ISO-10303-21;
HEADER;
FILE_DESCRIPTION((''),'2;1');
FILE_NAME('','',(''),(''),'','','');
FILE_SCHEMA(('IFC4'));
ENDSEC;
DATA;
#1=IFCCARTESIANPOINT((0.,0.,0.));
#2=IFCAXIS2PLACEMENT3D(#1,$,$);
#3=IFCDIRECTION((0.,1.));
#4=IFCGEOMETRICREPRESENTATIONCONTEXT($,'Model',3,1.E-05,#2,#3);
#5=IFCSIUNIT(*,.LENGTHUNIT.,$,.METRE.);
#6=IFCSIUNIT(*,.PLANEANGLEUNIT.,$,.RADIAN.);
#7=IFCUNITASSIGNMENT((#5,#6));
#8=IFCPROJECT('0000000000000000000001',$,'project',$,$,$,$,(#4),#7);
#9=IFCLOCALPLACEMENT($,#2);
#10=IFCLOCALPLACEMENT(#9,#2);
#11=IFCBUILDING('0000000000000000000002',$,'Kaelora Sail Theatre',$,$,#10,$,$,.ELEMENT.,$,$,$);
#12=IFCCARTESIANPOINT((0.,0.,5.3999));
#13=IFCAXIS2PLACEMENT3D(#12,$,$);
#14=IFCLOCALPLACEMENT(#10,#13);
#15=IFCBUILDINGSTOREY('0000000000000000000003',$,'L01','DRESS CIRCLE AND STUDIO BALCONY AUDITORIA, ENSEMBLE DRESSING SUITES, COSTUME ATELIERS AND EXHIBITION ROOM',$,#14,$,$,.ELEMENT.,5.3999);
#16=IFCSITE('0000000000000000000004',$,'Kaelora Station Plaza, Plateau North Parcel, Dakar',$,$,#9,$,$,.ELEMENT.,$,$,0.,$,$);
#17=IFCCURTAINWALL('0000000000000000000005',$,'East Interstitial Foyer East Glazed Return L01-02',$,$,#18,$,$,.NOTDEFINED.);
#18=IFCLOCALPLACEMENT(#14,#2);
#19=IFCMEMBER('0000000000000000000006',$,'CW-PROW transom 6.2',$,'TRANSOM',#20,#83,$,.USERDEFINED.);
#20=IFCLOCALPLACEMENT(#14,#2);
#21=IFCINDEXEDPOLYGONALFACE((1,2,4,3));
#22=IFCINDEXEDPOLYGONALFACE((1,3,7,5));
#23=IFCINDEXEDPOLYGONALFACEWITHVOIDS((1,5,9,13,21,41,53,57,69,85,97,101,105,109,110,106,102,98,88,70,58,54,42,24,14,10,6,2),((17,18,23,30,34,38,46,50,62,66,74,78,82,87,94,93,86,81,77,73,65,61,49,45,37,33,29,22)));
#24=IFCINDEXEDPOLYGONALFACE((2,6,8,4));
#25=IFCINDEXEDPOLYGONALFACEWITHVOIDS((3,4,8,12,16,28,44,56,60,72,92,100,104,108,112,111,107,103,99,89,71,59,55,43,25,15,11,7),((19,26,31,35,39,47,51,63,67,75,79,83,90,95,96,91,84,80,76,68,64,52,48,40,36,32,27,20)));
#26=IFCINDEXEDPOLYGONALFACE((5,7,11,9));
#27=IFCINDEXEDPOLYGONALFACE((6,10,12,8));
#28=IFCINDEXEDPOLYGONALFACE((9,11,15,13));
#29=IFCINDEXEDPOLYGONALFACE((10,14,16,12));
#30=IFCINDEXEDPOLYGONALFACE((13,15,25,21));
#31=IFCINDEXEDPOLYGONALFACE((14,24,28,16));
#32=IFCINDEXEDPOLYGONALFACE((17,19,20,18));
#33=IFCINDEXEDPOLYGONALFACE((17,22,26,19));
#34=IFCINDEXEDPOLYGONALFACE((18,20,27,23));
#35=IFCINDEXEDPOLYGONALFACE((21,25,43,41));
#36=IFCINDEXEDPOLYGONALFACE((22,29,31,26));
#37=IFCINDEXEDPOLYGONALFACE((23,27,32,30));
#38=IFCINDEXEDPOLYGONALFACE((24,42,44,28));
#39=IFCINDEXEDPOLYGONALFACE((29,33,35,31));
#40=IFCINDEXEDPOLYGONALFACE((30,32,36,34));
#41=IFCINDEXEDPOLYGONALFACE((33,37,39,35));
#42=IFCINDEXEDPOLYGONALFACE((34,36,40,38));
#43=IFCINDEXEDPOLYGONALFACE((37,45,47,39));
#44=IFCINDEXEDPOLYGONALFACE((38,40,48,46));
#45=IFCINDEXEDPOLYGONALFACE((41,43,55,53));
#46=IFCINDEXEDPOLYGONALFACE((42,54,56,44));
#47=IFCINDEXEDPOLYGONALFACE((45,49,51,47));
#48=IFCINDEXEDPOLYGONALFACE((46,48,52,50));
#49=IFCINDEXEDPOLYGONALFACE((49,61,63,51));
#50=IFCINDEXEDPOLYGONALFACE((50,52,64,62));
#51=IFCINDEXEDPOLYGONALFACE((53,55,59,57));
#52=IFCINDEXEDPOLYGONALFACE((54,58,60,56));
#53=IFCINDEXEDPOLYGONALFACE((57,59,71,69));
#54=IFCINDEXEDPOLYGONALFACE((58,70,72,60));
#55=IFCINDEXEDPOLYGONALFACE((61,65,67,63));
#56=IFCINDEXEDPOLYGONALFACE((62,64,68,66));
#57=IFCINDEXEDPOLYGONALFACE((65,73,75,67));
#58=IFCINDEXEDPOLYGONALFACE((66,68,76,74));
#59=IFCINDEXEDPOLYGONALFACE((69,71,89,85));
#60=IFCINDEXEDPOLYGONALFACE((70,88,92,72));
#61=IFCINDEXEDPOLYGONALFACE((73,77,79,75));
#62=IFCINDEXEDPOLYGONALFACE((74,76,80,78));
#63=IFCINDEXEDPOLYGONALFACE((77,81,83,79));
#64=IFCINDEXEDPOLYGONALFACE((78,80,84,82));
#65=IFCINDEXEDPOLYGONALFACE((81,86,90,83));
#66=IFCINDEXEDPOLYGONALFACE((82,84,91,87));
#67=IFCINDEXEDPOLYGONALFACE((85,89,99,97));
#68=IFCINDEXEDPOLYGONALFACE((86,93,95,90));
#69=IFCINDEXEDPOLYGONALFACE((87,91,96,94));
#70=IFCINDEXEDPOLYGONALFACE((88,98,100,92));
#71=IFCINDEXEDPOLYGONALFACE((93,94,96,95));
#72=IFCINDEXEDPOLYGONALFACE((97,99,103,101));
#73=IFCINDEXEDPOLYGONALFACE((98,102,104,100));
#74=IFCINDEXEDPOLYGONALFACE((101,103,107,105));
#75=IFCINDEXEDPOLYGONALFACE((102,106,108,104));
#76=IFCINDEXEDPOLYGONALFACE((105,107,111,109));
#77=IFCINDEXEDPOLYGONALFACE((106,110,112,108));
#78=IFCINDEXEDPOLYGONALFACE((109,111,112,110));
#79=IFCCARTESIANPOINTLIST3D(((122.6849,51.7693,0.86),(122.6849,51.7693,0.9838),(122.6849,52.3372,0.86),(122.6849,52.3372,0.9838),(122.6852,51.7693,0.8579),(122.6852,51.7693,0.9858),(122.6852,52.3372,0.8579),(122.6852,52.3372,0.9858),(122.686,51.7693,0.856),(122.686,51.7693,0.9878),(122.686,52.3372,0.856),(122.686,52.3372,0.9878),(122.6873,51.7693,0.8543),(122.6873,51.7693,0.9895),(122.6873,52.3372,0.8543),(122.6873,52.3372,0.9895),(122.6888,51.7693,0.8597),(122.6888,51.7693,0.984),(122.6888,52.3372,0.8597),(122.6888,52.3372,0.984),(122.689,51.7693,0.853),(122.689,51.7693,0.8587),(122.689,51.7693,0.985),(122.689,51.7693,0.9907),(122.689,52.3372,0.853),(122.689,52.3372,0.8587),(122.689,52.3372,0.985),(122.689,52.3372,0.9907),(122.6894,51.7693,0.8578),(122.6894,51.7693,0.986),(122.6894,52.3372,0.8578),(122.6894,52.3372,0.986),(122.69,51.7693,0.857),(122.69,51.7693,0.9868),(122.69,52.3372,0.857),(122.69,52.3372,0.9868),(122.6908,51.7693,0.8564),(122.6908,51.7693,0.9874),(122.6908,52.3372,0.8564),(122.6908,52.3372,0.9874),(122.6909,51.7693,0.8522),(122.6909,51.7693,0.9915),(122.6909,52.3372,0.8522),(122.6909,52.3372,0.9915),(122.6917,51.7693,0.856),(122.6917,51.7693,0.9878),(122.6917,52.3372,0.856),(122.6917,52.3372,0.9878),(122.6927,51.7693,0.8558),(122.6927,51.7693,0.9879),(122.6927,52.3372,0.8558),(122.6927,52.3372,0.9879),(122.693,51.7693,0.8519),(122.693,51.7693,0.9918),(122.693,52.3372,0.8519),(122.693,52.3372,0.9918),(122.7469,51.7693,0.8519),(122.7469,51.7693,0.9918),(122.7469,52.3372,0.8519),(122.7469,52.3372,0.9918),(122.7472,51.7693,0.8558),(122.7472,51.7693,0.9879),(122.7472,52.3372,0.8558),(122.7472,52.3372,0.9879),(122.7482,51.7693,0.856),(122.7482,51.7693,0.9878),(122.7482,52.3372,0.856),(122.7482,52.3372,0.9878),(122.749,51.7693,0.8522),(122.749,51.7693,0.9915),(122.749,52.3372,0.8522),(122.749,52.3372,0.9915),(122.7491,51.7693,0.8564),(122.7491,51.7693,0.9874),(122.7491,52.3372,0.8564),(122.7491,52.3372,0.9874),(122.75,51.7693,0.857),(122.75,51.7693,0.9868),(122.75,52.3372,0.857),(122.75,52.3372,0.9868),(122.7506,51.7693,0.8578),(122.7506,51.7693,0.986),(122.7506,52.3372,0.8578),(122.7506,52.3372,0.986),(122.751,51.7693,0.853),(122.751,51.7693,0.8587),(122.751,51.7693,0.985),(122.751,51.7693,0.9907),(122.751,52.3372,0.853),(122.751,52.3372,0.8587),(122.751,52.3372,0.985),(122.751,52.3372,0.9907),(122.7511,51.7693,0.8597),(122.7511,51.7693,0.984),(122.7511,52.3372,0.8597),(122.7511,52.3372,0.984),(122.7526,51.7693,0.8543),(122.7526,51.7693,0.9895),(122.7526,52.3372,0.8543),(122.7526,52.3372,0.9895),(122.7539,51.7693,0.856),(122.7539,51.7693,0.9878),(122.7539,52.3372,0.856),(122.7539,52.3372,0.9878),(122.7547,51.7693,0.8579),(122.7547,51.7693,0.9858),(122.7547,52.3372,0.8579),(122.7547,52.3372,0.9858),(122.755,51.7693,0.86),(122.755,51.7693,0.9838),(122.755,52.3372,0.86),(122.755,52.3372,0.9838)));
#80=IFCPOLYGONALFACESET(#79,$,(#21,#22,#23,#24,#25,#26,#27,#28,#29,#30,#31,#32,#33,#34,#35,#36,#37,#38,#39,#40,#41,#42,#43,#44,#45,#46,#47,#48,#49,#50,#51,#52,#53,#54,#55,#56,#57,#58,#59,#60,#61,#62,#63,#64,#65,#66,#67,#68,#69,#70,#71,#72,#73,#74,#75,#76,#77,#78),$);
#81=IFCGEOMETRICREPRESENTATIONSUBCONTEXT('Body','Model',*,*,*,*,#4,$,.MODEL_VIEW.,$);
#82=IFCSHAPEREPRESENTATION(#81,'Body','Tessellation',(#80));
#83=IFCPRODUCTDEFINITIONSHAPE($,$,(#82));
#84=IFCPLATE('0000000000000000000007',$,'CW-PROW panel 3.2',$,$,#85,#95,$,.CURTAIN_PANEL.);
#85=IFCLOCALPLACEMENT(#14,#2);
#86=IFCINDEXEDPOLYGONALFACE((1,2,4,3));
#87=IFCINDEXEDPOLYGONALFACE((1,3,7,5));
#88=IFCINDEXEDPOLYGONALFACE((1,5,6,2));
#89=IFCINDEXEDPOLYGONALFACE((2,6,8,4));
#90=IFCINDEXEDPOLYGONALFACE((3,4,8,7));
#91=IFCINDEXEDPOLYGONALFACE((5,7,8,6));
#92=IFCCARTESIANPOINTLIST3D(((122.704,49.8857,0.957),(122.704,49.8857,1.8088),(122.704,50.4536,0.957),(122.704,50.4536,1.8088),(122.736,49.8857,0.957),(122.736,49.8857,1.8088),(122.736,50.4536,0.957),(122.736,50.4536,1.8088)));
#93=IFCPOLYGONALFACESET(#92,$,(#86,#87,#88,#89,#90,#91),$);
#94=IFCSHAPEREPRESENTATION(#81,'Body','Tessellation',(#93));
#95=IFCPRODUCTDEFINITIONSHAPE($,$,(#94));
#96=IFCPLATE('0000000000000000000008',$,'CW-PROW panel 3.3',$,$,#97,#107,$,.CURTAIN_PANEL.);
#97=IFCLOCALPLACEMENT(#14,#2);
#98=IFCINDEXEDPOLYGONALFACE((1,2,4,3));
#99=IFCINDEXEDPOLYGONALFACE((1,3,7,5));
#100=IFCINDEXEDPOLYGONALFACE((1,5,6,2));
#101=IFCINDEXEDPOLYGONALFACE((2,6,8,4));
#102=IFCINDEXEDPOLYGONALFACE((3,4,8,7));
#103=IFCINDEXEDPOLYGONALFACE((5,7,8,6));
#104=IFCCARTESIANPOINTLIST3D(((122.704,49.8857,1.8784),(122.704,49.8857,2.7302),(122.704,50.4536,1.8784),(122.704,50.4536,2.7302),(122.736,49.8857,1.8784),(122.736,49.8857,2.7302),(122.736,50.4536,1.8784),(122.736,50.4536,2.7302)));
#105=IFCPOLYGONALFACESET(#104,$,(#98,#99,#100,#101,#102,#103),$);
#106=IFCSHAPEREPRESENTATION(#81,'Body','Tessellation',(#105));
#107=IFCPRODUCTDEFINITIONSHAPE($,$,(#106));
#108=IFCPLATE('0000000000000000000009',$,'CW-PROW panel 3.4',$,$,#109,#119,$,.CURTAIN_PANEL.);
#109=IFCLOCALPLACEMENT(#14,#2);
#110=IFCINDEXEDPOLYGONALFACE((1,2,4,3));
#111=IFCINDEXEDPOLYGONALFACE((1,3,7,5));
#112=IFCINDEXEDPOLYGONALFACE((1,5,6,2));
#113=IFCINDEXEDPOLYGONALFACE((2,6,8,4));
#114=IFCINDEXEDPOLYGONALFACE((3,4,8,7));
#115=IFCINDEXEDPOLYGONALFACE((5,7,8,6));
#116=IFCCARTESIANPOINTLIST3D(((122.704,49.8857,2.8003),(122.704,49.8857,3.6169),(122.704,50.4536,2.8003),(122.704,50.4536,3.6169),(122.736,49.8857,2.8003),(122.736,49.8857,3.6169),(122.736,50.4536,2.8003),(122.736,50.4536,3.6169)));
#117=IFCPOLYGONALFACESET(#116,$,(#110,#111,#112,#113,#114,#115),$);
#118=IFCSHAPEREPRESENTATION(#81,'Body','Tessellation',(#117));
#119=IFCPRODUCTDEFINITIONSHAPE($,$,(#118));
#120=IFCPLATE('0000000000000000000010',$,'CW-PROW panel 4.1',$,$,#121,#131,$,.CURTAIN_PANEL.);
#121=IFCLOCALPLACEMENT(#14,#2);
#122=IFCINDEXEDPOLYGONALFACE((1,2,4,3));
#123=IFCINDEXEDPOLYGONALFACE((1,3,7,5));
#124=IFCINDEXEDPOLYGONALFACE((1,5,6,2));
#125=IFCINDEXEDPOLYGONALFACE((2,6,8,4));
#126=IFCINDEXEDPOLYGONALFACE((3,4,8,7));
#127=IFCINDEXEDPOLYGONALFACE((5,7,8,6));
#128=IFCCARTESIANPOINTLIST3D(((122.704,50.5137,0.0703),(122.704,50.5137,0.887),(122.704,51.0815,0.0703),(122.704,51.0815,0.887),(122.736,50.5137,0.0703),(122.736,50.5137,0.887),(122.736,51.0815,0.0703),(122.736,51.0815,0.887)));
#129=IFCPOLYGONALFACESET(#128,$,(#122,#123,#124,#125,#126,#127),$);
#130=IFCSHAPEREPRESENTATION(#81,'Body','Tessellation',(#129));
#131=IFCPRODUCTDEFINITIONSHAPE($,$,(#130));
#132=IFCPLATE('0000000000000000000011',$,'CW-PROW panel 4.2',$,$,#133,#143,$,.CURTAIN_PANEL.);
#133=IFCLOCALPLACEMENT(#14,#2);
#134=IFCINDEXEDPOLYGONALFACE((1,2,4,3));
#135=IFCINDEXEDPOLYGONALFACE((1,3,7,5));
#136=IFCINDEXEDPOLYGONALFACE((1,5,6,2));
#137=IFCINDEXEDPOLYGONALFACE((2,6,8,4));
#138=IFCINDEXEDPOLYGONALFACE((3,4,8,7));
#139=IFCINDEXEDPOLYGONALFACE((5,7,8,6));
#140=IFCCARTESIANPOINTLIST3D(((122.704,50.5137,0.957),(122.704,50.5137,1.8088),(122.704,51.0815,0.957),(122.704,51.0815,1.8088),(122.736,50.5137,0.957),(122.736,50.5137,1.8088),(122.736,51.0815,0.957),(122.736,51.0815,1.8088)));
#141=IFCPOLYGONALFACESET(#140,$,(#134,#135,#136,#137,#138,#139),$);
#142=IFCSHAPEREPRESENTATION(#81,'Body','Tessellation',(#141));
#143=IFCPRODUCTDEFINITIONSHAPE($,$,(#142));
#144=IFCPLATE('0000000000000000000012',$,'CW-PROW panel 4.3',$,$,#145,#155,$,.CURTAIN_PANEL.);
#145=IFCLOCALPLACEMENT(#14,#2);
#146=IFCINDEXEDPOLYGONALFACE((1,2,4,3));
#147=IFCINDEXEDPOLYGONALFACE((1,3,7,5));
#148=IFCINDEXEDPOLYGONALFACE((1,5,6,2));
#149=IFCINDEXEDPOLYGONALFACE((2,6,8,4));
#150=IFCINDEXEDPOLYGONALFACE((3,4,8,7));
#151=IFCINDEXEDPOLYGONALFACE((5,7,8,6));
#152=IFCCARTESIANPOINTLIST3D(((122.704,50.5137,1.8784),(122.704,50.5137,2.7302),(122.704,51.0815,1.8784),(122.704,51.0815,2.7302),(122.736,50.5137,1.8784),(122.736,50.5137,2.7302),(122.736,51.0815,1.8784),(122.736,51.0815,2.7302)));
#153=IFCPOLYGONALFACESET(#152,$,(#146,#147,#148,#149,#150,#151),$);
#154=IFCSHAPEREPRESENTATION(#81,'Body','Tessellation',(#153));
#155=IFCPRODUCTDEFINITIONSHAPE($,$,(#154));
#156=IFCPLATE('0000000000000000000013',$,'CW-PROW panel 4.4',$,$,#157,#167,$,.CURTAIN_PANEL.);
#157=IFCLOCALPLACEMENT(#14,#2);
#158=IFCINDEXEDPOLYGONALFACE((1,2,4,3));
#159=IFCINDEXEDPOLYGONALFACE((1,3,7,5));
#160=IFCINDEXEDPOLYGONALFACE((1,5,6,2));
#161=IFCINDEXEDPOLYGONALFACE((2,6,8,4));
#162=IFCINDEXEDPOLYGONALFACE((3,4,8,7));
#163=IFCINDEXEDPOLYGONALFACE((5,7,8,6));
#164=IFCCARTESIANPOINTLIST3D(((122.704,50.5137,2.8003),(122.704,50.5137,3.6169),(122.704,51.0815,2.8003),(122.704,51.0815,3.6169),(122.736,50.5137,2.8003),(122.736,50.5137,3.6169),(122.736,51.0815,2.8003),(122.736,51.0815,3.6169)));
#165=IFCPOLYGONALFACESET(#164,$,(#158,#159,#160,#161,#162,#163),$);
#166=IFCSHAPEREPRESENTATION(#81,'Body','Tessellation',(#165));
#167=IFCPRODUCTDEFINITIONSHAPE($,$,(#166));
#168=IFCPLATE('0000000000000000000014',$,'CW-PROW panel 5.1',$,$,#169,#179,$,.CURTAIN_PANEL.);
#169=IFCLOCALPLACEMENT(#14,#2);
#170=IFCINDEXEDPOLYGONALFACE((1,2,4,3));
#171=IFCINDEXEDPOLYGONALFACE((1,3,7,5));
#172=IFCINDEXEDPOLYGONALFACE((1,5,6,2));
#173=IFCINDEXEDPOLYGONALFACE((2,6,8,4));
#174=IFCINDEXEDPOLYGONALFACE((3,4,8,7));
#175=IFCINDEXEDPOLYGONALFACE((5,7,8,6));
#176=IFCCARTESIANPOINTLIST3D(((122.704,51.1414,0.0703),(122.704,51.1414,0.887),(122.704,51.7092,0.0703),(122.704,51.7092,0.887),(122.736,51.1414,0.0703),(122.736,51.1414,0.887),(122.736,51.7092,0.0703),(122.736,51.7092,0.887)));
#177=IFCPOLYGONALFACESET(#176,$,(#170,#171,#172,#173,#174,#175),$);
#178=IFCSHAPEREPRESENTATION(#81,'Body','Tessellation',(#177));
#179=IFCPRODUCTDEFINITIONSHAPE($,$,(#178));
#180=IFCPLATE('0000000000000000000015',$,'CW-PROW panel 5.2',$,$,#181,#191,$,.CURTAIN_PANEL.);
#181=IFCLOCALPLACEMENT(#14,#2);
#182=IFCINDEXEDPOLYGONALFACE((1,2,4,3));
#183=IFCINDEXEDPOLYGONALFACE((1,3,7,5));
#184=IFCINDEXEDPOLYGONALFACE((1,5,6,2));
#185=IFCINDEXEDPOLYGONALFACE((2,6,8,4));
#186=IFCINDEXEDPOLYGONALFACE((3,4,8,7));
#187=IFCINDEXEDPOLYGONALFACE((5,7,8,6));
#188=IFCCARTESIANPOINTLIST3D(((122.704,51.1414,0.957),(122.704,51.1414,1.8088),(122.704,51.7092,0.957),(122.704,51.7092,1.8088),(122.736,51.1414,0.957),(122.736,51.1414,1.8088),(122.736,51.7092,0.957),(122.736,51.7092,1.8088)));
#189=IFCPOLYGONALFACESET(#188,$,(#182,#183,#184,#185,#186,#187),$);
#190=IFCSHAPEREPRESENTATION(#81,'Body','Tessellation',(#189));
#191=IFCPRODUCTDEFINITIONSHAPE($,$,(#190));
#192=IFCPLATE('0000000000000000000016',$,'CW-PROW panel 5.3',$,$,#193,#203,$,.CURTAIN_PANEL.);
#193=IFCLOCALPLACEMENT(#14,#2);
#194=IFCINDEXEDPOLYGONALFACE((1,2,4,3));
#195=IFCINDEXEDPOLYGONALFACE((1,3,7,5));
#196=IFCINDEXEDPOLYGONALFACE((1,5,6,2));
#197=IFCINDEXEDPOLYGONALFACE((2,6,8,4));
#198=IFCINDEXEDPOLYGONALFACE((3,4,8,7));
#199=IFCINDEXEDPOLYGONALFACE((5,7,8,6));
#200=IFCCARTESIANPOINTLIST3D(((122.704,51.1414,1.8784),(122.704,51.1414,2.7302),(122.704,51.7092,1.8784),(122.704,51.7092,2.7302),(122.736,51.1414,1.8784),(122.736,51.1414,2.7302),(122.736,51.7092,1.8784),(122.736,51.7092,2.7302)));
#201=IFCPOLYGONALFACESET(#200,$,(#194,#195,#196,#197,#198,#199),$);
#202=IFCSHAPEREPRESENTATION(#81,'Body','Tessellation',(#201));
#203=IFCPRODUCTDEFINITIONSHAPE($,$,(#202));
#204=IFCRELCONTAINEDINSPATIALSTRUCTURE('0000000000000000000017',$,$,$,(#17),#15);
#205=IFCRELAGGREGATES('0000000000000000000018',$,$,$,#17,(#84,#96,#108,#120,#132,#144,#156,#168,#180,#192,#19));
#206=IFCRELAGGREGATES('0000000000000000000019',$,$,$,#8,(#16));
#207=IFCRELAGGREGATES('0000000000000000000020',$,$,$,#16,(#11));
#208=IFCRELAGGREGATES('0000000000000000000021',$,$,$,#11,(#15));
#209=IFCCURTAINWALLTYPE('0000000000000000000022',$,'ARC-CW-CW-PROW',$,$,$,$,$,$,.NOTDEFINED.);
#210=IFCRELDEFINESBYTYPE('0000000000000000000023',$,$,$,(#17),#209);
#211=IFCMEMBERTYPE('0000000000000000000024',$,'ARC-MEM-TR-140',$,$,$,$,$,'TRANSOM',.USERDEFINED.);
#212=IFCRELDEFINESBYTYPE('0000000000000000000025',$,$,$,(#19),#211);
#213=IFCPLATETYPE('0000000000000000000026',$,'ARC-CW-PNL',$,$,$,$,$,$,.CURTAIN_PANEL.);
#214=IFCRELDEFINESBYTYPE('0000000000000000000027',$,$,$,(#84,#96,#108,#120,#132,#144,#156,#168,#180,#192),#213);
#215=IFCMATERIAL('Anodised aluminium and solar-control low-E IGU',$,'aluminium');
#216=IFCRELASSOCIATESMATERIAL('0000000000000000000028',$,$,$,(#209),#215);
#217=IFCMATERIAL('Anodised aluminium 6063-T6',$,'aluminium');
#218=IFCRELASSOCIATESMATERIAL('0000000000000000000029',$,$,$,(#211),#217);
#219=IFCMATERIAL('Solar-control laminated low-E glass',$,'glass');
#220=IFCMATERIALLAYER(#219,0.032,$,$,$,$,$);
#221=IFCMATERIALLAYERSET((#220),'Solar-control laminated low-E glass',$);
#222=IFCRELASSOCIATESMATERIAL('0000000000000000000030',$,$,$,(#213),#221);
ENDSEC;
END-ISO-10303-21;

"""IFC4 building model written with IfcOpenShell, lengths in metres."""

from ifc_helpers import new_model, si_unit, direction, frame, origin, origin_2d, place, context, subcontext, project, spatial, rectangle, hollow_rectangle, extrude, material, layer, layer_set, material_profile, profile_set, type_object, element, aggregate, save


model = new_model("IFC4")

# Units and contexts
model_context = context("Model", 3, precision=1e-05, world=origin(), true_north=direction((0.0, 1.0)))
body_context = subcontext(model_context, "Body", "Model", "MODEL_VIEW")
ifc_project = project(units=[si_unit("LENGTHUNIT", "METRE"), si_unit("PLANEANGLEUNIT", "RADIAN")], contexts=[model_context])

# Site, building, storey
site_placement = place(None, origin())
site = spatial("IfcSite", under=ifc_project, at=site_placement, Name="Kaelora Station Plaza, Plateau North Parcel, Dakar", CompositionType="ELEMENT", RefElevation=0.0)
building_placement = place(site_placement, origin())
building = spatial("IfcBuilding", under=site, at=building_placement, Name="Kaelora Sail Theatre", CompositionType="ELEMENT")
storey_placement = place(building_placement, frame((0.0, 0.0, 5.3999)))
storey = spatial("IfcBuildingStorey", under=building, at=storey_placement, Name="L01", Description="DRESS CIRCLE AND STUDIO BALCONY AUDITORIA, ENSEMBLE DRESSING SUITES, COSTUME ATELIERS AND EXHIBITION ROOM", CompositionType="ELEMENT", Elevation=5.3999)

# Curtain wall, member, plates
ifc_material_1 = material(Name="Anodised aluminium and solar-control low-E IGU", Category="aluminium")
curtain_wall_type = type_object("IfcCurtainWallType", Name="ARC-CW-CW-PROW", PredefinedType="NOTDEFINED", material=ifc_material_1)
curtain_wall_placement = place(storey_placement, origin())
curtain_wall = element("IfcCurtainWall", 1, at=curtain_wall_placement, inside=storey, type_object=curtain_wall_type, Name="East Interstitial Foyer East Glazed Return L01-02", PredefinedType="NOTDEFINED")
ifc_material_2 = material(Name="Anodised aluminium 6063-T6", Category="aluminium")
ifc_material_profile_1 = material_profile(ifc_material_2, hollow_rectangle(XDim=0.0701, YDim=0.1399, WallThickness=0.0039, InnerFilletRadius=0.0039, OuterFilletRadius=0.0081, at=origin_2d()), Name="ALU-TRAN 70x140x4")
ifc_profile_set_1 = profile_set([ifc_material_profile_1], Name="Anodised aluminium 6063-T6")
member_type_1 = type_object("IfcMemberType", Name="ARC-MEM-TR-140", ElementType="TRANSOM", PredefinedType="USERDEFINED", material=ifc_profile_set_1)
member_1_placement = place(storey_placement, frame((122.72, 51.7693, 0.9219), z_axis=(0.0, 1.0, 0.0), x_axis=(-1.0, 0.0, 0.0)))
member_1 = element("IfcMember", 2, at=member_1_placement, type_object=member_type_1, Name="CW-PROW transom 6.2", ObjectType="TRANSOM", PredefinedType="USERDEFINED", context=body_context, shape_type="SweptSolid", body=[
    extrude(hollow_rectangle(XDim=0.0701, YDim=0.1399, WallThickness=0.0039, InnerFilletRadius=0.0039, OuterFilletRadius=0.0081, at=origin_2d()), origin(), (0.0, 0.0, 1.0), 0.5679),
])
ifc_material_3 = material(Name="Solar-control laminated low-E glass", Category="glass")
ifc_layer = layer(ifc_material_3, 0.032)
ifc_layer_set = layer_set([ifc_layer], Name="Solar-control laminated low-E glass")
plate_type = type_object("IfcPlateType", Name="ARC-CW-PNL", PredefinedType="CURTAIN_PANEL", material=ifc_layer_set)
plate_1_placement = place(storey_placement, frame((122.72, 50.1697, 0.957), z_axis=(0.0, 0.0, 1.0), x_axis=(0.0, 1.0, 0.0)))
plate_1 = element("IfcPlate", 3, at=plate_1_placement, type_object=plate_type, Name="CW-PROW panel 3.2", PredefinedType="CURTAIN_PANEL", context=body_context, shape_type="SweptSolid", body=[
    extrude(rectangle(XDim=0.5679, YDim=0.032, at=origin_2d()), origin(), (0.0, 0.0, 1.0), 0.8518),
])
plate_2_placement = place(storey_placement, frame((122.72, 50.1697, 1.8784), z_axis=(0.0, 0.0, 1.0), x_axis=(0.0, 1.0, 0.0)))
plate_2 = element("IfcPlate", 4, at=plate_2_placement, type_object=plate_type, Name="CW-PROW panel 3.3", PredefinedType="CURTAIN_PANEL", context=body_context, shape_type="SweptSolid", body=[
    extrude(rectangle(XDim=0.5679, YDim=0.032, at=origin_2d()), origin(), (0.0, 0.0, 1.0), 0.8518),
])
plate_3_placement = place(storey_placement, frame((122.72, 50.1697, 2.8003), z_axis=(0.0, 0.0, 1.0), x_axis=(0.0, 1.0, 0.0)))
plate_3 = element("IfcPlate", 5, at=plate_3_placement, type_object=plate_type, Name="CW-PROW panel 3.4", PredefinedType="CURTAIN_PANEL", context=body_context, shape_type="SweptSolid", body=[
    extrude(rectangle(XDim=0.5679, YDim=0.032, at=origin_2d()), origin(), (0.0, 0.0, 1.0), 0.8167),
])
plate_4_placement = place(storey_placement, frame((122.72, 50.7976, 0.0703), z_axis=(0.0, 0.0, 1.0), x_axis=(0.0, 1.0, 0.0)))
plate_4 = element("IfcPlate", 6, at=plate_4_placement, type_object=plate_type, Name="CW-PROW panel 4.1", PredefinedType="CURTAIN_PANEL", context=body_context, shape_type="SweptSolid", body=[
    extrude(rectangle(XDim=0.5679, YDim=0.032, at=origin_2d()), origin(), (0.0, 0.0, 1.0), 0.8167),
])
plate_5_placement = place(storey_placement, frame((122.72, 50.7976, 0.957), z_axis=(0.0, 0.0, 1.0), x_axis=(0.0, 1.0, 0.0)))
plate_5 = element("IfcPlate", 7, at=plate_5_placement, type_object=plate_type, Name="CW-PROW panel 4.2", PredefinedType="CURTAIN_PANEL", context=body_context, shape_type="SweptSolid", body=[
    extrude(rectangle(XDim=0.5679, YDim=0.032, at=origin_2d()), origin(), (0.0, 0.0, 1.0), 0.8518),
])
plate_6_placement = place(storey_placement, frame((122.72, 50.7976, 1.8784), z_axis=(0.0, 0.0, 1.0), x_axis=(0.0, 1.0, 0.0)))
plate_6 = element("IfcPlate", 8, at=plate_6_placement, type_object=plate_type, Name="CW-PROW panel 4.3", PredefinedType="CURTAIN_PANEL", context=body_context, shape_type="SweptSolid", body=[
    extrude(rectangle(XDim=0.5679, YDim=0.032, at=origin_2d()), origin(), (0.0, 0.0, 1.0), 0.8518),
])
plate_7_placement = place(storey_placement, frame((122.72, 50.7976, 2.8003), z_axis=(0.0, 0.0, 1.0), x_axis=(0.0, 1.0, 0.0)))
plate_7 = element("IfcPlate", 9, at=plate_7_placement, type_object=plate_type, Name="CW-PROW panel 4.4", PredefinedType="CURTAIN_PANEL", context=body_context, shape_type="SweptSolid", body=[
    extrude(rectangle(XDim=0.5679, YDim=0.032, at=origin_2d()), origin(), (0.0, 0.0, 1.0), 0.8167),
])
plate_8_placement = place(storey_placement, frame((122.72, 51.4253, 0.0703), z_axis=(0.0, 0.0, 1.0), x_axis=(0.0, 1.0, 0.0)))
plate_8 = element("IfcPlate", 10, at=plate_8_placement, type_object=plate_type, Name="CW-PROW panel 5.1", PredefinedType="CURTAIN_PANEL", context=body_context, shape_type="SweptSolid", body=[
    extrude(rectangle(XDim=0.5679, YDim=0.032, at=origin_2d()), origin(), (0.0, 0.0, 1.0), 0.8167),
])
plate_9_placement = place(storey_placement, frame((122.72, 51.4253, 0.957), z_axis=(0.0, 0.0, 1.0), x_axis=(0.0, 1.0, 0.0)))
plate_9 = element("IfcPlate", 11, at=plate_9_placement, type_object=plate_type, Name="CW-PROW panel 5.2", PredefinedType="CURTAIN_PANEL", context=body_context, shape_type="SweptSolid", body=[
    extrude(rectangle(XDim=0.5679, YDim=0.032, at=origin_2d()), origin(), (0.0, 0.0, 1.0), 0.8518),
])
plate_10_placement = place(storey_placement, frame((122.72, 51.4253, 1.8784), z_axis=(0.0, 0.0, 1.0), x_axis=(0.0, 1.0, 0.0)))
plate_10 = element("IfcPlate", 12, at=plate_10_placement, type_object=plate_type, Name="CW-PROW panel 5.3", PredefinedType="CURTAIN_PANEL", context=body_context, shape_type="SweptSolid", body=[
    extrude(rectangle(XDim=0.5679, YDim=0.032, at=origin_2d()), origin(), (0.0, 0.0, 1.0), 0.8518),
])
aggregate(curtain_wall, [plate_1, plate_2, plate_3, plate_4, plate_5, plate_6, plate_7, plate_8, plate_9, plate_10, member_1])

save(model, "model.ifc")
